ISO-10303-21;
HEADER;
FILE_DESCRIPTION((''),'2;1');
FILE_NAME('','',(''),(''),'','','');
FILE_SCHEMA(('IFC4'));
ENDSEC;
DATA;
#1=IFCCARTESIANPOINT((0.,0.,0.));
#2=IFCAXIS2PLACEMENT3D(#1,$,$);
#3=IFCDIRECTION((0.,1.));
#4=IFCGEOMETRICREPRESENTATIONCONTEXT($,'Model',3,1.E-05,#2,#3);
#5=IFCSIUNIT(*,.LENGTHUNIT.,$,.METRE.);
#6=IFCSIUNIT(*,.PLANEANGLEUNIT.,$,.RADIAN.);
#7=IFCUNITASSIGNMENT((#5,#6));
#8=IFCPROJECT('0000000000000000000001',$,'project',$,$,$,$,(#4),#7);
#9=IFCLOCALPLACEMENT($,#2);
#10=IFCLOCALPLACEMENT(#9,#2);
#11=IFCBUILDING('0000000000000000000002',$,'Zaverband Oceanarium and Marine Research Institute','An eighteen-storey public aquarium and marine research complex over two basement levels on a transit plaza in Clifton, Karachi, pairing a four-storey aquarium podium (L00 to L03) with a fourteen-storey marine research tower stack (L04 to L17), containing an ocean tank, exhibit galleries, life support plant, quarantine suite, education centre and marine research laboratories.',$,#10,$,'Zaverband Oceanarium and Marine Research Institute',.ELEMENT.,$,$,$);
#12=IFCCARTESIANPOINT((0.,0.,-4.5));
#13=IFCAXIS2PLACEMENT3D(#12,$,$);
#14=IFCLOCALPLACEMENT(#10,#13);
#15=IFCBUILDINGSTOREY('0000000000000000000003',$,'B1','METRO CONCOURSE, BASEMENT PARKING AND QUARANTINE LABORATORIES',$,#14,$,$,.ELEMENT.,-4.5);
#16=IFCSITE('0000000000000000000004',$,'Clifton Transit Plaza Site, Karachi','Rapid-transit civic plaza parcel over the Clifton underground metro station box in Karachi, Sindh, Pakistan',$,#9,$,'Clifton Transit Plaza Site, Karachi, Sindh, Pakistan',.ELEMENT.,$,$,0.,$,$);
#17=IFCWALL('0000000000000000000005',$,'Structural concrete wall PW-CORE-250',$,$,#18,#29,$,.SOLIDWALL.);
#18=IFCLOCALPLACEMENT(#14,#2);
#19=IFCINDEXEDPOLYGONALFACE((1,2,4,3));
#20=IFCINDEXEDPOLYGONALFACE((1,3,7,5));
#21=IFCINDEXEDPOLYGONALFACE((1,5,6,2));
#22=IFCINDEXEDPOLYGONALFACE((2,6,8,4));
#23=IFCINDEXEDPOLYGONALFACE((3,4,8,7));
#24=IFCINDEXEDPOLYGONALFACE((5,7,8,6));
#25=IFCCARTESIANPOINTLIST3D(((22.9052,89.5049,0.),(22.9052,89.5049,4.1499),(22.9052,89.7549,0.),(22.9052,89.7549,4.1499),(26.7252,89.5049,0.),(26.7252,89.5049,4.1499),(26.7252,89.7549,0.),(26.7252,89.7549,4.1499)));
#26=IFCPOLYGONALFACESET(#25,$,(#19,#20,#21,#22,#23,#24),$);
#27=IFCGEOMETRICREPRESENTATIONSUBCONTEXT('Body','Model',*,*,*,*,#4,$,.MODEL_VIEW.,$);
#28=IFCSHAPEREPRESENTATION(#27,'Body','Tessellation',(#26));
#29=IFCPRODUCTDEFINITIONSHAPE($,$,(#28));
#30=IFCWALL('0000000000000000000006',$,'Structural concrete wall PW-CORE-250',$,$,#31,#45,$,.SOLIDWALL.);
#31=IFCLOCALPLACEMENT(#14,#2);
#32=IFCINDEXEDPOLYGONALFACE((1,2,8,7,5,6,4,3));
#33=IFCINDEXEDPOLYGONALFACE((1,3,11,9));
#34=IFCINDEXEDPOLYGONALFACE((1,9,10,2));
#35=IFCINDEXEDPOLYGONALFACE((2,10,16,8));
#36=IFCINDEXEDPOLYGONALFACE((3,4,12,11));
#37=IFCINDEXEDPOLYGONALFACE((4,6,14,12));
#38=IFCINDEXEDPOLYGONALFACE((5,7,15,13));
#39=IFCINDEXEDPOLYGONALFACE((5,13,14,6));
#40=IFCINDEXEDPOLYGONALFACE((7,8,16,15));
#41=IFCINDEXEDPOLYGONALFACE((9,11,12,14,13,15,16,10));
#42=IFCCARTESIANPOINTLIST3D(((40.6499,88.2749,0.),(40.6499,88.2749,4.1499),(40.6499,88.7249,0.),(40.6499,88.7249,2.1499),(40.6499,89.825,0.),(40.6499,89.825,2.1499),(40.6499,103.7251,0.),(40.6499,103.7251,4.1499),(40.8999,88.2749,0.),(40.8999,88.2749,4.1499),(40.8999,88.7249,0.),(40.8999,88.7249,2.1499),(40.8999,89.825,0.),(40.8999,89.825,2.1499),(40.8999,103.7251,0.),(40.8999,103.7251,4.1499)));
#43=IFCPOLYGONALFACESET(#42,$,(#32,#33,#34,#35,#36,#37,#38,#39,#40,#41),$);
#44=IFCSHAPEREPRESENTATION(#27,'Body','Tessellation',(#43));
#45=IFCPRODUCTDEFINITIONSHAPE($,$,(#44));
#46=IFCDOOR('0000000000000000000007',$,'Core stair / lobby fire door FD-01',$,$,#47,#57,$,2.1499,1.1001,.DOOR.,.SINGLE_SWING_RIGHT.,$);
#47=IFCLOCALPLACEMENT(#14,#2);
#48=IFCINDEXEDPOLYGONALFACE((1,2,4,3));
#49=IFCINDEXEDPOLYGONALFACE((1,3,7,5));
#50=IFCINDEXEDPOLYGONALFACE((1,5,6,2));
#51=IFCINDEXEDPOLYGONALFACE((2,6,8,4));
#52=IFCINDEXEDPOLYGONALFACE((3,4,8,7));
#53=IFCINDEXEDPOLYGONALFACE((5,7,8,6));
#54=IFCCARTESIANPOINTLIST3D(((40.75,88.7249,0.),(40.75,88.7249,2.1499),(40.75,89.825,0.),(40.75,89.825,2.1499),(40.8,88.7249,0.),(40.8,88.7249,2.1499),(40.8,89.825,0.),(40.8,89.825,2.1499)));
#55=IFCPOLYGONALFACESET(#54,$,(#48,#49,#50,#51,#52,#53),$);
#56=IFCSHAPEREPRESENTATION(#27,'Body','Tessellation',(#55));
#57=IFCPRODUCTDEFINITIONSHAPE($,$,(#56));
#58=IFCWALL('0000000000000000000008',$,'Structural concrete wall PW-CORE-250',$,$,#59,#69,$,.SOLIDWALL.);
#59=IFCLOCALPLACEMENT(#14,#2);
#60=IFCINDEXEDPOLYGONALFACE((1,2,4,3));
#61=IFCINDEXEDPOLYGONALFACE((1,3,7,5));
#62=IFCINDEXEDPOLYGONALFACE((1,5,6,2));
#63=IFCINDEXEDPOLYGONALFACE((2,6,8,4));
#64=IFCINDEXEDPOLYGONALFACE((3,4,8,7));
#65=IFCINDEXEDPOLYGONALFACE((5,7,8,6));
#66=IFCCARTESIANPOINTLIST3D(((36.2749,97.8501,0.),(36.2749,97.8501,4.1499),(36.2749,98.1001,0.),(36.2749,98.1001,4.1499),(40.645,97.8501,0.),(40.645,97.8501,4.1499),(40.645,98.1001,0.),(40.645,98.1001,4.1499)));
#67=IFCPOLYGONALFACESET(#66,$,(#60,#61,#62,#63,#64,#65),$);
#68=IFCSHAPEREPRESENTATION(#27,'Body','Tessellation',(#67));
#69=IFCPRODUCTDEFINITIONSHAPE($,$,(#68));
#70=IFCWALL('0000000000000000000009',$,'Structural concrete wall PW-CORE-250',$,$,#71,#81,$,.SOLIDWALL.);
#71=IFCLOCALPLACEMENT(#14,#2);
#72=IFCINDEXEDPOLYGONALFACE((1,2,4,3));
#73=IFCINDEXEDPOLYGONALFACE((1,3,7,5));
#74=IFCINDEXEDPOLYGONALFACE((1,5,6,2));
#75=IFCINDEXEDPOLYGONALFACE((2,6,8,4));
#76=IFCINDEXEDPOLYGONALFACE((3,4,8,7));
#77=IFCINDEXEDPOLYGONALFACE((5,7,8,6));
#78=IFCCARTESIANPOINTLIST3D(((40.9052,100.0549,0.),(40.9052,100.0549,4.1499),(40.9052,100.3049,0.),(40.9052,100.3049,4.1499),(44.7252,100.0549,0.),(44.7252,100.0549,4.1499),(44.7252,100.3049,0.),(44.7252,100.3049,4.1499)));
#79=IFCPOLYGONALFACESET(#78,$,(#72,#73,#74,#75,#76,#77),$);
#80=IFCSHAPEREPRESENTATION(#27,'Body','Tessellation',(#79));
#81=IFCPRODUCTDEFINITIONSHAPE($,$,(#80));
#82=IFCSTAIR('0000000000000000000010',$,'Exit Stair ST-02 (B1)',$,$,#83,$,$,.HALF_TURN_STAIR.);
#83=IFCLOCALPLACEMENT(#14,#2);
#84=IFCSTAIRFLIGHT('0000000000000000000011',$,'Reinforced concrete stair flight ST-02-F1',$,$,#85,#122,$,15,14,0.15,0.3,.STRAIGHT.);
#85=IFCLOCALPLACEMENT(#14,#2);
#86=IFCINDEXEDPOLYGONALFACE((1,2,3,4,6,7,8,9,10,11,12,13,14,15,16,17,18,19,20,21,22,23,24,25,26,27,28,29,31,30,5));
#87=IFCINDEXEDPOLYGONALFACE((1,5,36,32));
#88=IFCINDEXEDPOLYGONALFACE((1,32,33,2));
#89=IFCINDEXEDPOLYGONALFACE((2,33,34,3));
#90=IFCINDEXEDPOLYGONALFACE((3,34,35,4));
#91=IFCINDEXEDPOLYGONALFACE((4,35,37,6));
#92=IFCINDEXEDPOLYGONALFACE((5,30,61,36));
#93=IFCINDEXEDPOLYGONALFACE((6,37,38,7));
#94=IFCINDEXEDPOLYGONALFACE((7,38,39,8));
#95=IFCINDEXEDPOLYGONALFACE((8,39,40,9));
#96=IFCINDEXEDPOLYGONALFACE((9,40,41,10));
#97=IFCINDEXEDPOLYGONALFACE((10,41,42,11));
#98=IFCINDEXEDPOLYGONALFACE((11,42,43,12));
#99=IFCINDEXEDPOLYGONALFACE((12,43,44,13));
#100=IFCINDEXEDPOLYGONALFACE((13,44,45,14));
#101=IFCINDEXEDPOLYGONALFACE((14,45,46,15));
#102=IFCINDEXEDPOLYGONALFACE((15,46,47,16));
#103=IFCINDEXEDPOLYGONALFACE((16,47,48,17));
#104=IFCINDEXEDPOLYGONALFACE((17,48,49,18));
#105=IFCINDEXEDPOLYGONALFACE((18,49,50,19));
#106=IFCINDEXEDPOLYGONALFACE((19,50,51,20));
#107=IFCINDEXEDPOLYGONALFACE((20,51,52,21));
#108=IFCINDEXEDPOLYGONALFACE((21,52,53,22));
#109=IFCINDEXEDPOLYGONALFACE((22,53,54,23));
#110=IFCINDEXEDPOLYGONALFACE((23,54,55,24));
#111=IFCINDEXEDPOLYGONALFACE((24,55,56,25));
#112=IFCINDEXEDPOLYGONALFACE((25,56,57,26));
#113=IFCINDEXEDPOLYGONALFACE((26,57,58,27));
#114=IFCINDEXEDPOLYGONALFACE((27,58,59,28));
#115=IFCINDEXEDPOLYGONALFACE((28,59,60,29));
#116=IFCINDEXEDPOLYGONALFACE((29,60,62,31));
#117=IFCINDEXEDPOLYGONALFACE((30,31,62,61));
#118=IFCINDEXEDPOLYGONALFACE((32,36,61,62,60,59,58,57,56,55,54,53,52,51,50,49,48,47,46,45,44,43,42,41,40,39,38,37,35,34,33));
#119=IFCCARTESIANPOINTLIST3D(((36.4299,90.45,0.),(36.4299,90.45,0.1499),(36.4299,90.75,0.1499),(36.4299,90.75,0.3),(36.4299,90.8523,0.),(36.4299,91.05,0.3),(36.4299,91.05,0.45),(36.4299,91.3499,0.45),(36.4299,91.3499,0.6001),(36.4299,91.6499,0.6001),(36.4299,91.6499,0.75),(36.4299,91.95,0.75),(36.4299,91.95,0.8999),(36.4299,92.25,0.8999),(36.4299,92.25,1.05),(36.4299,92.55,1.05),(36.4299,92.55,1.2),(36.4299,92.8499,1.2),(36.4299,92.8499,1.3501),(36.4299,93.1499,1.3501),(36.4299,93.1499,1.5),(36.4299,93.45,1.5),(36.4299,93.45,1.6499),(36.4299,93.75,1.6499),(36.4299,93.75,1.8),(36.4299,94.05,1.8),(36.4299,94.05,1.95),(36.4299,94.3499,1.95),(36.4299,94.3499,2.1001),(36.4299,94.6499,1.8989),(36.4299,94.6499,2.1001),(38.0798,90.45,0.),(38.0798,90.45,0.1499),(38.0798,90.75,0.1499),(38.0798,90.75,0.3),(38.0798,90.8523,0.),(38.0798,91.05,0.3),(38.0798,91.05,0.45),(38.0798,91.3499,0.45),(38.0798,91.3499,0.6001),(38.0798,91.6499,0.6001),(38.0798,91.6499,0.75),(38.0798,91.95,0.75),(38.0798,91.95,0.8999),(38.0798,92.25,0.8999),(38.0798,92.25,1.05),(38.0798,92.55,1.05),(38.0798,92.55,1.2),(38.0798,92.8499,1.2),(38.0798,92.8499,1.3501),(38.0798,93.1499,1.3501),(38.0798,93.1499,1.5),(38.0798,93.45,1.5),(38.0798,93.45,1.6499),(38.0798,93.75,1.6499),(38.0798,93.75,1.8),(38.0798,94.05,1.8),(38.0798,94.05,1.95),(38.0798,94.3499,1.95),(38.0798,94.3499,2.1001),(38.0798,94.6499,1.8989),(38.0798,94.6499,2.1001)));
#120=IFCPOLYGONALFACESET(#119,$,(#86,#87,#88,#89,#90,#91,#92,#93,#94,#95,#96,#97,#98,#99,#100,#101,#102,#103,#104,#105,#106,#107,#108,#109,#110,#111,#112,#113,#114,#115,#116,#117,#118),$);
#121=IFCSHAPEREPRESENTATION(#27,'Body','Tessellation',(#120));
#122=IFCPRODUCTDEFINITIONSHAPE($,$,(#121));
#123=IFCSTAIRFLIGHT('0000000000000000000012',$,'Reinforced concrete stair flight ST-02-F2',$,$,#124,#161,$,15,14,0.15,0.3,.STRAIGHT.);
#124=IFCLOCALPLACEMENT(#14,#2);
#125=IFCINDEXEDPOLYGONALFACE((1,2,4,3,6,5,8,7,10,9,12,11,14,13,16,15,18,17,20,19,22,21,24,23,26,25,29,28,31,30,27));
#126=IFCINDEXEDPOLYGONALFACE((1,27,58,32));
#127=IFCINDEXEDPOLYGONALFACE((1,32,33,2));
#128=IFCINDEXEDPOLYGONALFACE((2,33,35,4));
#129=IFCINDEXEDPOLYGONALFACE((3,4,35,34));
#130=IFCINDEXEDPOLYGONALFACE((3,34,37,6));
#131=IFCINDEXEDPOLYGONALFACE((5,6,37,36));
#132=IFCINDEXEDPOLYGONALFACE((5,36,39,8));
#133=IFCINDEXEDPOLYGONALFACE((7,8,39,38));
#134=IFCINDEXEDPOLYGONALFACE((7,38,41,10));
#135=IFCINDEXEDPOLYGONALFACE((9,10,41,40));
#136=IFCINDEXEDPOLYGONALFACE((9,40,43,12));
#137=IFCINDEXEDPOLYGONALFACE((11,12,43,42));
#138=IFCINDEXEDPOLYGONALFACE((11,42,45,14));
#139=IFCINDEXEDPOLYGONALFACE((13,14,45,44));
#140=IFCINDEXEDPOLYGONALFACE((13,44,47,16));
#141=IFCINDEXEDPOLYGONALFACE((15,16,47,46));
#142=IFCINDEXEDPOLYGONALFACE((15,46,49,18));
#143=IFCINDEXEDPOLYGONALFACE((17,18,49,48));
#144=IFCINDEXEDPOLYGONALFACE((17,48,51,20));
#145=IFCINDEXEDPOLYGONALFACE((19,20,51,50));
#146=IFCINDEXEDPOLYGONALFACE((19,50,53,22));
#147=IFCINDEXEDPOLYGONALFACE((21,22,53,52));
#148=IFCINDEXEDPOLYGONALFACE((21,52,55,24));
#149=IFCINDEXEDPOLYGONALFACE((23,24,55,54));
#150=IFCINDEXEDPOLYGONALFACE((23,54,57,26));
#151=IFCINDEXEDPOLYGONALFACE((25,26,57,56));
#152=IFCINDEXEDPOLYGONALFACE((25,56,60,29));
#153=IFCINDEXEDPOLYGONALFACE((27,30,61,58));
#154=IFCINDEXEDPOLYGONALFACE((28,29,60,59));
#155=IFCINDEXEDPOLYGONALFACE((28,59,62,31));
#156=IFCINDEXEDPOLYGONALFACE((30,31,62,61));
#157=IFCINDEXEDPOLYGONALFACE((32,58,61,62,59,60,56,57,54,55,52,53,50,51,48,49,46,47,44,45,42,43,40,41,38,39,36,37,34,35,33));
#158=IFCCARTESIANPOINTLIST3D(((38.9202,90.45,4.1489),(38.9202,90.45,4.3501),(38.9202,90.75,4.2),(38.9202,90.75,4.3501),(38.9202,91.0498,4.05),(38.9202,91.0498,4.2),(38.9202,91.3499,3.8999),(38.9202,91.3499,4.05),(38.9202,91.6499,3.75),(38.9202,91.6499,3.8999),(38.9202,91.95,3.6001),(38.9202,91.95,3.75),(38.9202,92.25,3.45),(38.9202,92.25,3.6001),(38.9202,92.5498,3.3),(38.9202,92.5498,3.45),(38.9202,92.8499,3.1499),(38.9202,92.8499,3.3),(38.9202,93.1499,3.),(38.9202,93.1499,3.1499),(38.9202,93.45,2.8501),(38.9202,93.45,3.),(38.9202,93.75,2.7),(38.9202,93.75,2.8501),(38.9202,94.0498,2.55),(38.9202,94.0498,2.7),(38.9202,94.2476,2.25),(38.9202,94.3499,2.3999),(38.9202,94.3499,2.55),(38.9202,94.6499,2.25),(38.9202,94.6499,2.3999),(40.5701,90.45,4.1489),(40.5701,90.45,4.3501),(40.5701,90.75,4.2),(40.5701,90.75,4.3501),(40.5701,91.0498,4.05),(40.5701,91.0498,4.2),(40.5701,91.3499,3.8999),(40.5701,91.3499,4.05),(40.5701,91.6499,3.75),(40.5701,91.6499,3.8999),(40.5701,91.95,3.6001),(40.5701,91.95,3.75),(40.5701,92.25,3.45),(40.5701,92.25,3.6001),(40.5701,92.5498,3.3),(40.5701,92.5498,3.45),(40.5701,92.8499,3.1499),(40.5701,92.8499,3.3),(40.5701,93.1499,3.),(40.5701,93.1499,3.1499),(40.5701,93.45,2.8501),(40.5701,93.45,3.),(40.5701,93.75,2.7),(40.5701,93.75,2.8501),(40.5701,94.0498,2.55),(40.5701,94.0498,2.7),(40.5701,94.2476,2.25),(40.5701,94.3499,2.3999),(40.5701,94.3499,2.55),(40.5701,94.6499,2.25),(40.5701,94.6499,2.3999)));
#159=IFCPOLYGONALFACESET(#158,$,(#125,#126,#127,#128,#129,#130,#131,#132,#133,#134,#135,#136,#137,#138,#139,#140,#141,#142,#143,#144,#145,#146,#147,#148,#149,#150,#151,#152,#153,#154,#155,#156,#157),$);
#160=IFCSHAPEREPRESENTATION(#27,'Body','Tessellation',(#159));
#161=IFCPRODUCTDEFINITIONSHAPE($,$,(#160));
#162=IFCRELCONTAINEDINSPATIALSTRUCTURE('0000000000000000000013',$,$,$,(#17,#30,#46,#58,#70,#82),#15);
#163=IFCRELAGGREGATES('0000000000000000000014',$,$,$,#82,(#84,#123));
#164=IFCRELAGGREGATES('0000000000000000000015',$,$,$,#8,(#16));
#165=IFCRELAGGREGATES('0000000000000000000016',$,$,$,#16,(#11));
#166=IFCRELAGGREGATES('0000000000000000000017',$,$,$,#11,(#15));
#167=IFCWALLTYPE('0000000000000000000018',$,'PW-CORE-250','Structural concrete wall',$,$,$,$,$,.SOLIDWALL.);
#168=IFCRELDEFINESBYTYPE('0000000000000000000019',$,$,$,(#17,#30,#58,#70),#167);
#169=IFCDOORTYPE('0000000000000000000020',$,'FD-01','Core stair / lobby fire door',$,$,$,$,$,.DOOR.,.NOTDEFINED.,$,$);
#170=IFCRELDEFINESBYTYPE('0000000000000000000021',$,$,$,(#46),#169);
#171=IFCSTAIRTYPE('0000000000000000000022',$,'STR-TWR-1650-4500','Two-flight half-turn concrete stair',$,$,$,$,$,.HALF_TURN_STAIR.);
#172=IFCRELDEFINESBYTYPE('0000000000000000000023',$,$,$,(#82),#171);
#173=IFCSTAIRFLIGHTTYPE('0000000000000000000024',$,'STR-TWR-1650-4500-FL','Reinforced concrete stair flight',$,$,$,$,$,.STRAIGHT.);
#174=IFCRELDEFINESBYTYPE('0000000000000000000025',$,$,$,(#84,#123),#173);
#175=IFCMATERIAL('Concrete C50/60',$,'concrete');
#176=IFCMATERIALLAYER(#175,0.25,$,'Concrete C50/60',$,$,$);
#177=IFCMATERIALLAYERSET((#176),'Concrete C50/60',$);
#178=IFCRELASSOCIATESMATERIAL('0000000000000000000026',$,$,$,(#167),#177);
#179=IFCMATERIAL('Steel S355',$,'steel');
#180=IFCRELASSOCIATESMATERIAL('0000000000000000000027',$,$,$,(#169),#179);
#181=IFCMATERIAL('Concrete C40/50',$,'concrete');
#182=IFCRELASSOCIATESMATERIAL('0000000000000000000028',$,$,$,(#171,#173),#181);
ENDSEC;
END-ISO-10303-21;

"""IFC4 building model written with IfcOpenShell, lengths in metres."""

from ifc_helpers import new_model, si_unit, direction, frame, frame_2d, origin, place, context, subcontext, project, spatial, polyline, rectangle, outline, extrude, material, layer, layer_set, type_object, element, fill, aggregate, save


model = new_model("IFC4")

# Units and contexts
model_context = context("Model", 3, precision=1e-05, world=origin(), true_north=direction((0.0, 1.0)))
body_context = subcontext(model_context, "Body", "Model", "MODEL_VIEW")
ifc_project = project(units=[si_unit("LENGTHUNIT", "METRE"), si_unit("PLANEANGLEUNIT", "RADIAN")], contexts=[model_context])

# Site, building, storey
site_placement = place(None, origin())
site = spatial("IfcSite", under=ifc_project, at=site_placement, Name="Clifton Transit Plaza Site, Karachi", Description="Rapid-transit civic plaza parcel over the Clifton underground metro station box in Karachi, Sindh, Pakistan", LongName="Clifton Transit Plaza Site, Karachi, Sindh, Pakistan", CompositionType="ELEMENT", RefElevation=0.0)
building_placement = place(site_placement, origin())
building = spatial("IfcBuilding", under=site, at=building_placement, Name="Zaverband Oceanarium and Marine Research Institute", Description="An eighteen-storey public aquarium and marine research complex over two basement levels on a transit plaza in Clifton, Karachi, pairing a four-storey aquarium podium (L00 to L03) with a fourteen-storey marine research tower stack (L04 to L17), containing an ocean tank, exhibit galleries, life support plant, quarantine suite, education centre and marine research laboratories.", LongName="Zaverband Oceanarium and Marine Research Institute", CompositionType="ELEMENT")
storey_placement = place(building_placement, frame((0.0, 0.0, -4.5)))
storey = spatial("IfcBuildingStorey", under=building, at=storey_placement, Name="B1", Description="METRO CONCOURSE, BASEMENT PARKING AND QUARANTINE LABORATORIES", CompositionType="ELEMENT", Elevation=-4.5)

# Shared definitions
ifc_material_1 = material(Name="Concrete C50/60", Category="concrete")

# Shared definitions
ifc_material_2 = material(Name="Concrete C40/50", Category="concrete")

# Shared definitions
ifc_material_3 = material(Name="Steel S355", Category="steel")

# Wall
ifc_layer_1 = layer(ifc_material_1, 0.25, Name="Concrete C50/60")
ifc_layer_set_1 = layer_set([ifc_layer_1], Name="Concrete C50/60")
wall_type_1 = type_object("IfcWallType", Name="PW-CORE-250", Description="Structural concrete wall", PredefinedType="SOLIDWALL", material=ifc_layer_set_1)
wall_1_placement = place(storey_placement, frame((22.905, 89.6299, 0.0), z_axis=(0.0, 0.0, 1.0), x_axis=(1.0, 0.0, 0.0)))
element("IfcWall", 1, at=wall_1_placement, inside=storey, type_object=wall_type_1, Name="Structural concrete wall PW-CORE-250", PredefinedType="SOLIDWALL", context=body_context, shape_type="SweptSolid", body=[
    extrude(rectangle(XDim=3.8201, YDim=0.25, at=frame_2d((1.9102, 0.0))), origin(), (0.0, 0.0, 1.0), 4.1499),
])

# Wall, opening, door
wall_2_placement = place(storey_placement, frame((40.7749, 88.2749, 0.0), z_axis=(0.0, 0.0, 1.0), x_axis=(0.0, 1.0, 0.0)))
wall_2 = element("IfcWall", 2, at=wall_2_placement, inside=storey, type_object=wall_type_1, Name="Structural concrete wall PW-CORE-250", PredefinedType="SOLIDWALL", context=body_context, shape_type="SweptSolid", body=[
    extrude(rectangle(XDim=15.4502, YDim=0.25, at=frame_2d((7.7251, 0.0))), origin(), (0.0, 0.0, 1.0), 4.1499),
])
opening_1_placement = place(wall_2_placement, frame((0.45, 0.0, 0.0)))
opening_1 = element("IfcOpeningElement", 3, at=opening_1_placement, cuts=wall_2, PredefinedType="OPENING", context=body_context, shape_type="SweptSolid", body=[
    extrude(rectangle(XDim=1.1001, YDim=2.1499, at=frame_2d((0.55, 1.075))), frame((0.0, 0.137, 0.0), z_axis=(0.0, -1.0, 0.0), x_axis=(1.0, 0.0, 0.0)), (0.0, 0.0, 1.0), 0.2739),
])
door_type_1 = type_object("IfcDoorType", Name="FD-01", Description="Core stair / lobby fire door", OperationType="NOTDEFINED", PredefinedType="DOOR", material=ifc_material_3)
door_1_placement = place(opening_1_placement, origin())
door_1 = element("IfcDoor", 4, at=door_1_placement, inside=storey, type_object=door_type_1, Name="Core stair / lobby fire door FD-01", OperationType="SINGLE_SWING_RIGHT", OverallHeight=2.1499, OverallWidth=1.1001, PredefinedType="DOOR", context=body_context, shape_type="SweptSolid", body=[
    extrude(rectangle(XDim=1.1001, YDim=2.1499, at=frame_2d((0.55, 1.075))), frame((0.0, 0.0249, 0.0), z_axis=(0.0, -1.0, 0.0), x_axis=(1.0, 0.0, 0.0)), (0.0, 0.0, 1.0), 0.05),
])
fill(opening_1, door_1)

# Wall
wall_3_placement = place(storey_placement, frame((36.2749, 97.9751, 0.0), z_axis=(0.0, 0.0, 1.0), x_axis=(1.0, 0.0, 0.0)))
element("IfcWall", 5, at=wall_3_placement, inside=storey, type_object=wall_type_1, Name="Structural concrete wall PW-CORE-250", PredefinedType="SOLIDWALL", context=body_context, shape_type="SweptSolid", body=[
    extrude(rectangle(XDim=4.3701, YDim=0.25, at=frame_2d((2.1851, 0.0))), origin(), (0.0, 0.0, 1.0), 4.1499),
])

# Wall
wall_4_placement = place(storey_placement, frame((40.905, 100.1799, 0.0), z_axis=(0.0, 0.0, 1.0), x_axis=(1.0, 0.0, 0.0)))
element("IfcWall", 6, at=wall_4_placement, inside=storey, type_object=wall_type_1, Name="Structural concrete wall PW-CORE-250", PredefinedType="SOLIDWALL", context=body_context, shape_type="SweptSolid", body=[
    extrude(rectangle(XDim=3.8201, YDim=0.25, at=frame_2d((1.9102, 0.0))), origin(), (0.0, 0.0, 1.0), 4.1499),
])

# Stair, stair flights
stair_type = type_object("IfcStairType", Name="STR-TWR-1650-4500", Description="Two-flight half-turn concrete stair", PredefinedType="HALF_TURN_STAIR", material=ifc_material_2)
stair_placement = place(storey_placement, origin())
stair = element("IfcStair", 7, at=stair_placement, inside=storey, type_object=stair_type, Name="Exit Stair ST-02 (B1)", PredefinedType="HALF_TURN_STAIR")
stair_flight_type = type_object("IfcStairFlightType", Name="STR-TWR-1650-4500-FL", Description="Reinforced concrete stair flight", PredefinedType="STRAIGHT", material=ifc_material_2)
stair_flight_1_placement = place(storey_placement, frame((37.2549, 90.45, 0.0), z_axis=(0.0, 0.0, 1.0), x_axis=(0.0, 1.0, 0.0)))
stair_flight_1 = element("IfcStairFlight", 8, at=stair_flight_1_placement, type_object=stair_flight_type, Name="Reinforced concrete stair flight ST-02-F1", NumberOfRisers=15, NumberOfTreads=14, PredefinedType="STRAIGHT", RiserHeight=0.15, TreadLength=0.3, context=body_context, shape_type="SweptSolid", body=[
    extrude(outline(polyline([(0.0, 0.0), (0.0, 0.1499), (0.3, 0.1499), (0.3, 0.3), (0.6001, 0.3), (0.6001, 0.45), (0.8999, 0.45), (0.8999, 0.6001), (1.2, 0.6001), (1.2, 0.75), (1.5, 0.75), (1.5, 0.8999), (1.8, 0.8999), (1.8, 1.05), (2.1001, 1.05), (2.1001, 1.2), (2.3999, 1.2), (2.3999, 1.3501), (2.7, 1.3501), (2.7, 1.5), (3.0, 1.5), (3.0, 1.6499), (3.3, 1.6499), (3.3, 1.8), (3.6001, 1.8), (3.6001, 1.95), (3.8999, 1.95), (3.8999, 2.1001), (4.2, 2.1001), (4.2, 2.25), (4.2, 1.8989), (0.4023, 0.0), (0.0, 0.0)])), frame((0.0, 0.825, 0.0), z_axis=(0.0, -1.0, 0.0), x_axis=(1.0, 0.0, 0.0)), (0.0, 0.0, 1.0), 1.6499),
])
stair_flight_2_placement = place(storey_placement, frame((39.7451, 94.6499, 2.25), z_axis=(0.0, 0.0, 1.0), x_axis=(0.0, -1.0, 0.0)))
stair_flight_2 = element("IfcStairFlight", 9, at=stair_flight_2_placement, type_object=stair_flight_type, Name="Reinforced concrete stair flight ST-02-F2", NumberOfRisers=15, NumberOfTreads=14, PredefinedType="STRAIGHT", RiserHeight=0.15, TreadLength=0.3, context=body_context, shape_type="SweptSolid", body=[
    extrude(outline(polyline([(0.0, 0.0), (0.0, 0.1499), (0.3, 0.1499), (0.3, 0.3), (0.6001, 0.3), (0.6001, 0.45), (0.8999, 0.45), (0.8999, 0.6001), (1.2, 0.6001), (1.2, 0.75), (1.5, 0.75), (1.5, 0.8999), (1.8, 0.8999), (1.8, 1.05), (2.1001, 1.05), (2.1001, 1.2), (2.3999, 1.2), (2.3999, 1.3501), (2.7, 1.3501), (2.7, 1.5), (3.0, 1.5), (3.0, 1.6499), (3.3, 1.6499), (3.3, 1.8), (3.6001, 1.8), (3.6001, 1.95), (3.8999, 1.95), (3.8999, 2.1001), (4.2, 2.1001), (4.2, 2.25), (4.2, 1.8989), (0.4023, 0.0), (0.0, 0.0)])), frame((0.0, 0.825, 0.0), z_axis=(0.0, -1.0, 0.0), x_axis=(1.0, 0.0, 0.0)), (0.0, 0.0, 1.0), 1.6499),
])
aggregate(stair, [stair_flight_1, stair_flight_2])

save(model, "model.ifc")
